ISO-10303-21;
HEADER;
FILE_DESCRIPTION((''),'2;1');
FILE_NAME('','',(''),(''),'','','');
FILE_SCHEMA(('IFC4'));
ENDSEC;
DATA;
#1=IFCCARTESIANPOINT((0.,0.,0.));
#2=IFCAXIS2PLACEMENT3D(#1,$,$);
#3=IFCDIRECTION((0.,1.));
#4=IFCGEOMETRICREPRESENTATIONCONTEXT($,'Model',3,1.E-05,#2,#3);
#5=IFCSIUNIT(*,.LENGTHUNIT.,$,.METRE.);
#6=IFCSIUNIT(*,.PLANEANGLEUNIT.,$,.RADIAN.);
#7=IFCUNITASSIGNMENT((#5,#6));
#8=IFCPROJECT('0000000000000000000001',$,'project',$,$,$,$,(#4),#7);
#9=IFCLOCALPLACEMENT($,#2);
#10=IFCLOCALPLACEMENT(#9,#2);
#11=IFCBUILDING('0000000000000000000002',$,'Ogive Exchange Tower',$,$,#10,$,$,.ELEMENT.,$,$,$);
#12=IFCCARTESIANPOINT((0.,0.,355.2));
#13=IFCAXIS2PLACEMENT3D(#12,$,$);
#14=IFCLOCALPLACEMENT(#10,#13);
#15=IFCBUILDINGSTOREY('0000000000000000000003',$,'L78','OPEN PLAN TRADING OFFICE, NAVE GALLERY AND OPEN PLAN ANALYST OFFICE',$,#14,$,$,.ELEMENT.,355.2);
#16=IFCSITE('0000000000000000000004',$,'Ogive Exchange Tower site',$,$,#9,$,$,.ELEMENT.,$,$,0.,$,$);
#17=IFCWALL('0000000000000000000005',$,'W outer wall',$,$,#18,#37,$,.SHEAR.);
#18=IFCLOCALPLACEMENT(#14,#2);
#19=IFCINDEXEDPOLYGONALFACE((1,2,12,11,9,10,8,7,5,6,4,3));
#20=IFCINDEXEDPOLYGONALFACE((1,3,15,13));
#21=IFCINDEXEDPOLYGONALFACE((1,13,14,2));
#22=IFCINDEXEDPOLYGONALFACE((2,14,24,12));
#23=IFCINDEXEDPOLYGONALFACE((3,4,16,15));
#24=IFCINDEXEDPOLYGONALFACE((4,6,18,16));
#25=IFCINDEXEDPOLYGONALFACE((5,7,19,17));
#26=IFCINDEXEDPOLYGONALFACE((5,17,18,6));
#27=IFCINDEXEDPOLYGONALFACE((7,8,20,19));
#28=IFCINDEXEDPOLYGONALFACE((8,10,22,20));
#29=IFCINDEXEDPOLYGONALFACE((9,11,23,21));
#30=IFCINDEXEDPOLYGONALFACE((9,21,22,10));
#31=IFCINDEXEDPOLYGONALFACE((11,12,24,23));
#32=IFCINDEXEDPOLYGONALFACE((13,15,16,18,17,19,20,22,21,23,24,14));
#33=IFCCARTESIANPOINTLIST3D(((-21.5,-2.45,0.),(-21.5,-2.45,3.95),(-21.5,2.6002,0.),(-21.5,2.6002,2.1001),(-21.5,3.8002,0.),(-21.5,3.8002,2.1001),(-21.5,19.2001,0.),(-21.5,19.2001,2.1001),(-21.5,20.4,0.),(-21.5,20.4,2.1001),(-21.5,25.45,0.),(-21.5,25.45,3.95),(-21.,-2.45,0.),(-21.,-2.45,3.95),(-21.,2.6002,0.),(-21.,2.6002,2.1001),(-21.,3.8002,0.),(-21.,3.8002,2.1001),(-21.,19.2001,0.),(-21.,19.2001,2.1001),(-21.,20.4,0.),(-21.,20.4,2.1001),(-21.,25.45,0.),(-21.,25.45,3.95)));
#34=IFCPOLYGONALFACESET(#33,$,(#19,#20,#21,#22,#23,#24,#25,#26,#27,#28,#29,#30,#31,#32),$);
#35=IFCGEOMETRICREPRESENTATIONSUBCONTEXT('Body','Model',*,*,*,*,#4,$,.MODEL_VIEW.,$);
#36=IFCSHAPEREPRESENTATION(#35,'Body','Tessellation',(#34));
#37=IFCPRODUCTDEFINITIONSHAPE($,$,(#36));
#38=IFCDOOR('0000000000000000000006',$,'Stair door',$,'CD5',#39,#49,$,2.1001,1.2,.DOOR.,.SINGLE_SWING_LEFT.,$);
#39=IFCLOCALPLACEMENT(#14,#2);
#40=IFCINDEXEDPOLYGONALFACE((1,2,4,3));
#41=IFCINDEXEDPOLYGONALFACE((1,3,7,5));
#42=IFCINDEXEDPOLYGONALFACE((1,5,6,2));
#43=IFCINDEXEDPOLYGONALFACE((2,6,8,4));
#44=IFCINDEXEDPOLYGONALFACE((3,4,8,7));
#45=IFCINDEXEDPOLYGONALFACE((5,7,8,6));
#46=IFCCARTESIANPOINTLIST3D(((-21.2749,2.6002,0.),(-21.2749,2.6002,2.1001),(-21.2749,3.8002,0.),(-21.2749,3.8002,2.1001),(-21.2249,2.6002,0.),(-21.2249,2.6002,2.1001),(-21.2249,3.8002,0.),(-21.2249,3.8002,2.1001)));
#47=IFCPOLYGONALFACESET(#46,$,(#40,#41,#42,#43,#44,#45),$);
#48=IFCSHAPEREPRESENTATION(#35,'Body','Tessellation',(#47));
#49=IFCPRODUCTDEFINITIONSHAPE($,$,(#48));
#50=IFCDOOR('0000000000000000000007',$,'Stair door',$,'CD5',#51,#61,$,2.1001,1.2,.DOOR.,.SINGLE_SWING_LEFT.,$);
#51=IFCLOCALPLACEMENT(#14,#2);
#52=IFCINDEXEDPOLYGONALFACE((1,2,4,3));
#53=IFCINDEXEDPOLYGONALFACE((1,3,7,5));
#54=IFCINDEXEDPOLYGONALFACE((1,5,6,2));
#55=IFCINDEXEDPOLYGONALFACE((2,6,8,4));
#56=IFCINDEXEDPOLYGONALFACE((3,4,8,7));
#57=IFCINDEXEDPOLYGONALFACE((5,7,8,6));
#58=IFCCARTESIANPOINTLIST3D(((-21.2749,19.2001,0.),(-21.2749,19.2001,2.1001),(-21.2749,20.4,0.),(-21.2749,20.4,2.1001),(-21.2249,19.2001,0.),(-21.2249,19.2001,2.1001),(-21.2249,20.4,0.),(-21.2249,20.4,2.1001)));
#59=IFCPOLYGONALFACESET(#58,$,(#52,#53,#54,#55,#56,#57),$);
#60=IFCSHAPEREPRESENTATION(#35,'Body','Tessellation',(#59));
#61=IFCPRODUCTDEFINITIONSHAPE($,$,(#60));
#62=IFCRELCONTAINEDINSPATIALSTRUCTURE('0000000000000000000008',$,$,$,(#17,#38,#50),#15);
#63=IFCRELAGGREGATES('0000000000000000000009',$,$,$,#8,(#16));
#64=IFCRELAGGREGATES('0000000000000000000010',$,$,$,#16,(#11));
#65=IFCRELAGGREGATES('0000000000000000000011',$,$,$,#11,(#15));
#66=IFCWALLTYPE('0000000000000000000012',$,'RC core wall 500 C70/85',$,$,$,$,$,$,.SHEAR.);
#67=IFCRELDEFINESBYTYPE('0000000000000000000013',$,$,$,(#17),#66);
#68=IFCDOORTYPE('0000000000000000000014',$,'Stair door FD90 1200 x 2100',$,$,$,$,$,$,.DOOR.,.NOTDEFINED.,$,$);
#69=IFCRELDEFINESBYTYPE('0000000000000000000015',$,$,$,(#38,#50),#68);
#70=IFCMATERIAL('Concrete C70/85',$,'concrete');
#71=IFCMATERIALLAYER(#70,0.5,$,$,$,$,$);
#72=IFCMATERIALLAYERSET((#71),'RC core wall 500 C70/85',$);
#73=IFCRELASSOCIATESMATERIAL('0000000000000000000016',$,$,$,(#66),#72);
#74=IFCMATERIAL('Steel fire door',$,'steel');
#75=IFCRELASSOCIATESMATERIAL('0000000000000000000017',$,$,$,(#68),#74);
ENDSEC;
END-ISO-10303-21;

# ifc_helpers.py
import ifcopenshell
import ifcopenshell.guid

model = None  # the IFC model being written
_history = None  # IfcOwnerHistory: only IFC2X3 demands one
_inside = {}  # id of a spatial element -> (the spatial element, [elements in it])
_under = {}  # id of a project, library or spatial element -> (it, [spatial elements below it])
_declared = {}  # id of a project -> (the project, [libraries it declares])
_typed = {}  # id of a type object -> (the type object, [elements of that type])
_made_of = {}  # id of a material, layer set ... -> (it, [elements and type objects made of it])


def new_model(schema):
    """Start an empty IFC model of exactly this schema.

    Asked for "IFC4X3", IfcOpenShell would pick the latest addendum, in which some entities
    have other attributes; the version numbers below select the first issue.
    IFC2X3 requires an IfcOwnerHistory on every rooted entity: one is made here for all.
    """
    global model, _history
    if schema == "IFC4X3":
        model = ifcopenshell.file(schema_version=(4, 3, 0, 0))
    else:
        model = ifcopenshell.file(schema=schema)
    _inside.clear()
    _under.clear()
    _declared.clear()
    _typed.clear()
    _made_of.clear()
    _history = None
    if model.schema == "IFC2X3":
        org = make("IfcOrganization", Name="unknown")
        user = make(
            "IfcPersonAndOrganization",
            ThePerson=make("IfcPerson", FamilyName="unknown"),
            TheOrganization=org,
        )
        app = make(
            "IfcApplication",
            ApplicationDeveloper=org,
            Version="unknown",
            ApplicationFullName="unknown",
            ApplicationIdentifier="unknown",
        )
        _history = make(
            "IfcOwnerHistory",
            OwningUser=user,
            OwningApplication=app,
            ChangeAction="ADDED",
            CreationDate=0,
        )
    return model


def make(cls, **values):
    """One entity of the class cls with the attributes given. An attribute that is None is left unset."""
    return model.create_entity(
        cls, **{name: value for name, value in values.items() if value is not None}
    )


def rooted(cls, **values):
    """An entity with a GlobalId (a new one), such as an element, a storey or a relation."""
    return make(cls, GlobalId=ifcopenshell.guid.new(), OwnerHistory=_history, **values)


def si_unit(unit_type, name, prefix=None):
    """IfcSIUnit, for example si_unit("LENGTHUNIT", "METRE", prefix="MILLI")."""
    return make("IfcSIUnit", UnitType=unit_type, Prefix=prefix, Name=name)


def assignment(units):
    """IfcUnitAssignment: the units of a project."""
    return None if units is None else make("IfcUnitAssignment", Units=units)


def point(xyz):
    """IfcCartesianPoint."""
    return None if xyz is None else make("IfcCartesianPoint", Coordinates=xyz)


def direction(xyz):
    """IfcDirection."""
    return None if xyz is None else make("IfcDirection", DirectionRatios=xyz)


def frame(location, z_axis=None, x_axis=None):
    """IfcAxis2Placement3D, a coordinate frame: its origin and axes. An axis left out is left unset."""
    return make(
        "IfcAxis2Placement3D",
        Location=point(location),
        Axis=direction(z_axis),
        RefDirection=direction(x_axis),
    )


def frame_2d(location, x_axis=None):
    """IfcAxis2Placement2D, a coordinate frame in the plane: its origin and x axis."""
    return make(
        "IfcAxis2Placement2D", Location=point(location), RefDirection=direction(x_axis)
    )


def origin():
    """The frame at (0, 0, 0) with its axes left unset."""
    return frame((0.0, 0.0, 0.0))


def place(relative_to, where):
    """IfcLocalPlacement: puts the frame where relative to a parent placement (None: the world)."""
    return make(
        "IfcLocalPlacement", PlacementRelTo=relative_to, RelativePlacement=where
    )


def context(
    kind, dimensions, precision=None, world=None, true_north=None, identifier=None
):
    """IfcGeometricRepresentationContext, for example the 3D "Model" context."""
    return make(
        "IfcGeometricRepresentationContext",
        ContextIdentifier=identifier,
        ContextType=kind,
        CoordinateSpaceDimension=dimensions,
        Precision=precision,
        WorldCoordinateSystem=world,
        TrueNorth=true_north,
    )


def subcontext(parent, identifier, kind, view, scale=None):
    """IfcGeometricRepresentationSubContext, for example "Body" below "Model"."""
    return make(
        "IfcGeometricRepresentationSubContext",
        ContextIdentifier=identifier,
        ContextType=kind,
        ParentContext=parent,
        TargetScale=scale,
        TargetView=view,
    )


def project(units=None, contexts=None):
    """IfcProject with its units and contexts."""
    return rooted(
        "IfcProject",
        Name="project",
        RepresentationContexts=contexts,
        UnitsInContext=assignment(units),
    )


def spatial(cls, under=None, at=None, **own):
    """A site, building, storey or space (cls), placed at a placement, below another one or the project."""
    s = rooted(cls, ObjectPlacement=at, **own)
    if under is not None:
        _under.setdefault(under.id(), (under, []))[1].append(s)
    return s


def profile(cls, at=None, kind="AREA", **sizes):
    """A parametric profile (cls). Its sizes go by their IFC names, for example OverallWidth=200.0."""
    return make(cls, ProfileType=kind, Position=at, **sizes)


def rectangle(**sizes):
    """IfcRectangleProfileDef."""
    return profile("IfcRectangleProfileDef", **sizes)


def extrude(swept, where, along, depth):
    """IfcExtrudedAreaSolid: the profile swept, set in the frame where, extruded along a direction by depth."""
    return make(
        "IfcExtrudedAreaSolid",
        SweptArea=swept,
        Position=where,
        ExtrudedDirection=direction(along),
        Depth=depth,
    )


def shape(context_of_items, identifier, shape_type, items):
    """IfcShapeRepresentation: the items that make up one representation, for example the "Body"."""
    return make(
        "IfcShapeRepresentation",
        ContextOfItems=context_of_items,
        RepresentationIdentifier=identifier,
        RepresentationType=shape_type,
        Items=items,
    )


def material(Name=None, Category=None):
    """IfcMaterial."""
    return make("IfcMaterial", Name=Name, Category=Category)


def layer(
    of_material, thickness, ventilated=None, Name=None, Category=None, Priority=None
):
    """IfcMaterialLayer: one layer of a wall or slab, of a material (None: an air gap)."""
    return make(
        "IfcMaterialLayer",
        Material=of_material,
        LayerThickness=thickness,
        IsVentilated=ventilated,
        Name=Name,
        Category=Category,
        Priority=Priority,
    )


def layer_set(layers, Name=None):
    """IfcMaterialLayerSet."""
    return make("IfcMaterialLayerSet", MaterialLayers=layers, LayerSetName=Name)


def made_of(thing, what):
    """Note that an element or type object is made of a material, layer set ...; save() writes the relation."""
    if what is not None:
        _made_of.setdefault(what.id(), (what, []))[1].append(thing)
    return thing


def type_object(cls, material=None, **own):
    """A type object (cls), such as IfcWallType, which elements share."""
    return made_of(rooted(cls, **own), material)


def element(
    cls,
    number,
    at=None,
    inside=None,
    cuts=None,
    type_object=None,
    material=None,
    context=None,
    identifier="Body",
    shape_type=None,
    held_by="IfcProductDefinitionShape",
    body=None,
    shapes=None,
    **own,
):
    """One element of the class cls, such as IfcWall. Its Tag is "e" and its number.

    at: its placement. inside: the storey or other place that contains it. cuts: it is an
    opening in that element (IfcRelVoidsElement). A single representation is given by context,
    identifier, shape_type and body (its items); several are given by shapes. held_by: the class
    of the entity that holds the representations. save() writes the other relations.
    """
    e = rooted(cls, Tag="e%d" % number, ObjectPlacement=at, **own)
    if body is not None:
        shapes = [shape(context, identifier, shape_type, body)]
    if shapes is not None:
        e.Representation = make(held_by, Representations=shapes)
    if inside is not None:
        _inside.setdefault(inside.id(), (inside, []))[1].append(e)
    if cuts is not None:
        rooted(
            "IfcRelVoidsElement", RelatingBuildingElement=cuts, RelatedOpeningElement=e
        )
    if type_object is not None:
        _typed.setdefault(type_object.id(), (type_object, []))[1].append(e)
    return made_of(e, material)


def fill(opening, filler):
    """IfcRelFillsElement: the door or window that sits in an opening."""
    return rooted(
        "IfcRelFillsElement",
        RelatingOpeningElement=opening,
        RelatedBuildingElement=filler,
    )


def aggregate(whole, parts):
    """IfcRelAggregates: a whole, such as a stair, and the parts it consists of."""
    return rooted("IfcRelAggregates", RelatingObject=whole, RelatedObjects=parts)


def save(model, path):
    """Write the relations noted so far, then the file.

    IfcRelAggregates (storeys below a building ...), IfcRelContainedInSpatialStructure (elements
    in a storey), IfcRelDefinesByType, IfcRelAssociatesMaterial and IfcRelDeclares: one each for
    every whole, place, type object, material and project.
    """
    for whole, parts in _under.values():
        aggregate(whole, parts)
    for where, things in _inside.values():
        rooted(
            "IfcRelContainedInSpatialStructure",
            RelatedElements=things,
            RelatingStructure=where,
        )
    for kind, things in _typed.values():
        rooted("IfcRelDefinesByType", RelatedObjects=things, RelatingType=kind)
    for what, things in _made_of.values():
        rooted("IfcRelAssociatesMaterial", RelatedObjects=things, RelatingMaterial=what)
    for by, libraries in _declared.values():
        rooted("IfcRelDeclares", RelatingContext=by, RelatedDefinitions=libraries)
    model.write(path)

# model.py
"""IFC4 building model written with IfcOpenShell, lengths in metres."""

from ifc_helpers import new_model, si_unit, direction, frame, frame_2d, origin, place, context, subcontext, project, spatial, rectangle, extrude, material, layer, layer_set, type_object, element, fill, save


model = new_model("IFC4")

# Units and contexts
model_context = context("Model", 3, precision=1e-05, world=origin(), true_north=direction((0.0, 1.0)))
body_context = subcontext(model_context, "Body", "Model", "MODEL_VIEW")
ifc_project = project(units=[si_unit("LENGTHUNIT", "METRE"), si_unit("PLANEANGLEUNIT", "RADIAN")], contexts=[model_context])

# Site, building, storey
site_placement = place(None, origin())
site = spatial("IfcSite", under=ifc_project, at=site_placement, Name="Ogive Exchange Tower site", CompositionType="ELEMENT", RefElevation=0.0)
building_placement = place(site_placement, origin())
building = spatial("IfcBuilding", under=site, at=building_placement, Name="Ogive Exchange Tower", CompositionType="ELEMENT")
storey_placement = place(building_placement, frame((0.0, 0.0, 355.2)))
storey = spatial("IfcBuildingStorey", under=building, at=storey_placement, Name="L78", Description="OPEN PLAN TRADING OFFICE, NAVE GALLERY AND OPEN PLAN ANALYST OFFICE", CompositionType="ELEMENT", Elevation=355.2)

# Shared definitions
ifc_material_1 = material(Name="Concrete C70/85", Category="concrete")

# Wall, openings, doors
ifc_layer_1 = layer(ifc_material_1, 0.5)
ifc_layer_set_1 = layer_set([ifc_layer_1], Name="RC core wall 500 C70/85")
wall_type_1 = type_object("IfcWallType", Name="RC core wall 500 C70/85", PredefinedType="SHEAR", material=ifc_layer_set_1)
wall_1_placement = place(storey_placement, frame((-21.25, -2.45, 0.0), z_axis=(0.0, 0.0, 1.0), x_axis=(0.0, 1.0, 0.0)))
wall_1 = element("IfcWall", 1, at=wall_1_placement, inside=storey, type_object=wall_type_1, Name="W outer wall", PredefinedType="SHEAR", context=body_context, shape_type="SweptSolid", body=[
    extrude(rectangle(XDim=27.8999, YDim=0.5, at=frame_2d((13.95, 0.0))), origin(), (0.0, 0.0, 1.0), 3.95),
])
opening_1_placement = place(wall_1_placement, frame((5.05, 0.0, 0.0)))
opening_1 = element("IfcOpeningElement", 2, at=opening_1_placement, cuts=wall_1, PredefinedType="OPENING", context=body_context, shape_type="SweptSolid", body=[
    extrude(rectangle(XDim=1.2, YDim=2.1001, at=frame_2d((0.6001, 1.05))), frame((0.0, 0.26, 0.0), z_axis=(0.0, -1.0, 0.0), x_axis=(1.0, 0.0, 0.0)), (0.0, 0.0, 1.0), 0.52),
])
opening_2_placement = place(wall_1_placement, frame((21.6499, 0.0, 0.0)))
opening_2 = element("IfcOpeningElement", 3, at=opening_2_placement, cuts=wall_1, PredefinedType="OPENING", context=body_context, shape_type="SweptSolid", body=[
    extrude(rectangle(XDim=1.2, YDim=2.1001, at=frame_2d((0.6001, 1.05))), frame((0.0, 0.26, 0.0), z_axis=(0.0, -1.0, 0.0), x_axis=(1.0, 0.0, 0.0)), (0.0, 0.0, 1.0), 0.52),
])
ifc_material_2 = material(Name="Steel fire door", Category="steel")
door_type_1 = type_object("IfcDoorType", Name="Stair door FD90 1200 x 2100", OperationType="NOTDEFINED", PredefinedType="DOOR", material=ifc_material_2)
door_1_placement = place(opening_1_placement, origin())
door_1 = element("IfcDoor", 4, at=door_1_placement, inside=storey, type_object=door_type_1, Name="Stair door", ObjectType="CD5", OperationType="SINGLE_SWING_LEFT", OverallHeight=2.1001, OverallWidth=1.2, PredefinedType="DOOR", context=body_context, shape_type="SweptSolid", body=[
    extrude(rectangle(XDim=1.2, YDim=2.1001, at=frame_2d((0.6001, 1.05))), frame((0.0, 0.0249, 0.0), z_axis=(0.0, -1.0, 0.0), x_axis=(1.0, 0.0, 0.0)), (0.0, 0.0, 1.0), 0.05),
])
fill(opening_1, door_1)
door_2_placement = place(opening_2_placement, origin())
door_2 = element("IfcDoor", 5, at=door_2_placement, inside=storey, type_object=door_type_1, Name="Stair door", ObjectType="CD5", OperationType="SINGLE_SWING_LEFT", OverallHeight=2.1001, OverallWidth=1.2, PredefinedType="DOOR", context=body_context, shape_type="SweptSolid", body=[
    extrude(rectangle(XDim=1.2, YDim=2.1001, at=frame_2d((0.6001, 1.05))), frame((0.0, 0.0249, 0.0), z_axis=(0.0, -1.0, 0.0), x_axis=(1.0, 0.0, 0.0)), (0.0, 0.0, 1.0), 0.05),
])
fill(opening_2, door_2)

save(model, "model.ifc")
